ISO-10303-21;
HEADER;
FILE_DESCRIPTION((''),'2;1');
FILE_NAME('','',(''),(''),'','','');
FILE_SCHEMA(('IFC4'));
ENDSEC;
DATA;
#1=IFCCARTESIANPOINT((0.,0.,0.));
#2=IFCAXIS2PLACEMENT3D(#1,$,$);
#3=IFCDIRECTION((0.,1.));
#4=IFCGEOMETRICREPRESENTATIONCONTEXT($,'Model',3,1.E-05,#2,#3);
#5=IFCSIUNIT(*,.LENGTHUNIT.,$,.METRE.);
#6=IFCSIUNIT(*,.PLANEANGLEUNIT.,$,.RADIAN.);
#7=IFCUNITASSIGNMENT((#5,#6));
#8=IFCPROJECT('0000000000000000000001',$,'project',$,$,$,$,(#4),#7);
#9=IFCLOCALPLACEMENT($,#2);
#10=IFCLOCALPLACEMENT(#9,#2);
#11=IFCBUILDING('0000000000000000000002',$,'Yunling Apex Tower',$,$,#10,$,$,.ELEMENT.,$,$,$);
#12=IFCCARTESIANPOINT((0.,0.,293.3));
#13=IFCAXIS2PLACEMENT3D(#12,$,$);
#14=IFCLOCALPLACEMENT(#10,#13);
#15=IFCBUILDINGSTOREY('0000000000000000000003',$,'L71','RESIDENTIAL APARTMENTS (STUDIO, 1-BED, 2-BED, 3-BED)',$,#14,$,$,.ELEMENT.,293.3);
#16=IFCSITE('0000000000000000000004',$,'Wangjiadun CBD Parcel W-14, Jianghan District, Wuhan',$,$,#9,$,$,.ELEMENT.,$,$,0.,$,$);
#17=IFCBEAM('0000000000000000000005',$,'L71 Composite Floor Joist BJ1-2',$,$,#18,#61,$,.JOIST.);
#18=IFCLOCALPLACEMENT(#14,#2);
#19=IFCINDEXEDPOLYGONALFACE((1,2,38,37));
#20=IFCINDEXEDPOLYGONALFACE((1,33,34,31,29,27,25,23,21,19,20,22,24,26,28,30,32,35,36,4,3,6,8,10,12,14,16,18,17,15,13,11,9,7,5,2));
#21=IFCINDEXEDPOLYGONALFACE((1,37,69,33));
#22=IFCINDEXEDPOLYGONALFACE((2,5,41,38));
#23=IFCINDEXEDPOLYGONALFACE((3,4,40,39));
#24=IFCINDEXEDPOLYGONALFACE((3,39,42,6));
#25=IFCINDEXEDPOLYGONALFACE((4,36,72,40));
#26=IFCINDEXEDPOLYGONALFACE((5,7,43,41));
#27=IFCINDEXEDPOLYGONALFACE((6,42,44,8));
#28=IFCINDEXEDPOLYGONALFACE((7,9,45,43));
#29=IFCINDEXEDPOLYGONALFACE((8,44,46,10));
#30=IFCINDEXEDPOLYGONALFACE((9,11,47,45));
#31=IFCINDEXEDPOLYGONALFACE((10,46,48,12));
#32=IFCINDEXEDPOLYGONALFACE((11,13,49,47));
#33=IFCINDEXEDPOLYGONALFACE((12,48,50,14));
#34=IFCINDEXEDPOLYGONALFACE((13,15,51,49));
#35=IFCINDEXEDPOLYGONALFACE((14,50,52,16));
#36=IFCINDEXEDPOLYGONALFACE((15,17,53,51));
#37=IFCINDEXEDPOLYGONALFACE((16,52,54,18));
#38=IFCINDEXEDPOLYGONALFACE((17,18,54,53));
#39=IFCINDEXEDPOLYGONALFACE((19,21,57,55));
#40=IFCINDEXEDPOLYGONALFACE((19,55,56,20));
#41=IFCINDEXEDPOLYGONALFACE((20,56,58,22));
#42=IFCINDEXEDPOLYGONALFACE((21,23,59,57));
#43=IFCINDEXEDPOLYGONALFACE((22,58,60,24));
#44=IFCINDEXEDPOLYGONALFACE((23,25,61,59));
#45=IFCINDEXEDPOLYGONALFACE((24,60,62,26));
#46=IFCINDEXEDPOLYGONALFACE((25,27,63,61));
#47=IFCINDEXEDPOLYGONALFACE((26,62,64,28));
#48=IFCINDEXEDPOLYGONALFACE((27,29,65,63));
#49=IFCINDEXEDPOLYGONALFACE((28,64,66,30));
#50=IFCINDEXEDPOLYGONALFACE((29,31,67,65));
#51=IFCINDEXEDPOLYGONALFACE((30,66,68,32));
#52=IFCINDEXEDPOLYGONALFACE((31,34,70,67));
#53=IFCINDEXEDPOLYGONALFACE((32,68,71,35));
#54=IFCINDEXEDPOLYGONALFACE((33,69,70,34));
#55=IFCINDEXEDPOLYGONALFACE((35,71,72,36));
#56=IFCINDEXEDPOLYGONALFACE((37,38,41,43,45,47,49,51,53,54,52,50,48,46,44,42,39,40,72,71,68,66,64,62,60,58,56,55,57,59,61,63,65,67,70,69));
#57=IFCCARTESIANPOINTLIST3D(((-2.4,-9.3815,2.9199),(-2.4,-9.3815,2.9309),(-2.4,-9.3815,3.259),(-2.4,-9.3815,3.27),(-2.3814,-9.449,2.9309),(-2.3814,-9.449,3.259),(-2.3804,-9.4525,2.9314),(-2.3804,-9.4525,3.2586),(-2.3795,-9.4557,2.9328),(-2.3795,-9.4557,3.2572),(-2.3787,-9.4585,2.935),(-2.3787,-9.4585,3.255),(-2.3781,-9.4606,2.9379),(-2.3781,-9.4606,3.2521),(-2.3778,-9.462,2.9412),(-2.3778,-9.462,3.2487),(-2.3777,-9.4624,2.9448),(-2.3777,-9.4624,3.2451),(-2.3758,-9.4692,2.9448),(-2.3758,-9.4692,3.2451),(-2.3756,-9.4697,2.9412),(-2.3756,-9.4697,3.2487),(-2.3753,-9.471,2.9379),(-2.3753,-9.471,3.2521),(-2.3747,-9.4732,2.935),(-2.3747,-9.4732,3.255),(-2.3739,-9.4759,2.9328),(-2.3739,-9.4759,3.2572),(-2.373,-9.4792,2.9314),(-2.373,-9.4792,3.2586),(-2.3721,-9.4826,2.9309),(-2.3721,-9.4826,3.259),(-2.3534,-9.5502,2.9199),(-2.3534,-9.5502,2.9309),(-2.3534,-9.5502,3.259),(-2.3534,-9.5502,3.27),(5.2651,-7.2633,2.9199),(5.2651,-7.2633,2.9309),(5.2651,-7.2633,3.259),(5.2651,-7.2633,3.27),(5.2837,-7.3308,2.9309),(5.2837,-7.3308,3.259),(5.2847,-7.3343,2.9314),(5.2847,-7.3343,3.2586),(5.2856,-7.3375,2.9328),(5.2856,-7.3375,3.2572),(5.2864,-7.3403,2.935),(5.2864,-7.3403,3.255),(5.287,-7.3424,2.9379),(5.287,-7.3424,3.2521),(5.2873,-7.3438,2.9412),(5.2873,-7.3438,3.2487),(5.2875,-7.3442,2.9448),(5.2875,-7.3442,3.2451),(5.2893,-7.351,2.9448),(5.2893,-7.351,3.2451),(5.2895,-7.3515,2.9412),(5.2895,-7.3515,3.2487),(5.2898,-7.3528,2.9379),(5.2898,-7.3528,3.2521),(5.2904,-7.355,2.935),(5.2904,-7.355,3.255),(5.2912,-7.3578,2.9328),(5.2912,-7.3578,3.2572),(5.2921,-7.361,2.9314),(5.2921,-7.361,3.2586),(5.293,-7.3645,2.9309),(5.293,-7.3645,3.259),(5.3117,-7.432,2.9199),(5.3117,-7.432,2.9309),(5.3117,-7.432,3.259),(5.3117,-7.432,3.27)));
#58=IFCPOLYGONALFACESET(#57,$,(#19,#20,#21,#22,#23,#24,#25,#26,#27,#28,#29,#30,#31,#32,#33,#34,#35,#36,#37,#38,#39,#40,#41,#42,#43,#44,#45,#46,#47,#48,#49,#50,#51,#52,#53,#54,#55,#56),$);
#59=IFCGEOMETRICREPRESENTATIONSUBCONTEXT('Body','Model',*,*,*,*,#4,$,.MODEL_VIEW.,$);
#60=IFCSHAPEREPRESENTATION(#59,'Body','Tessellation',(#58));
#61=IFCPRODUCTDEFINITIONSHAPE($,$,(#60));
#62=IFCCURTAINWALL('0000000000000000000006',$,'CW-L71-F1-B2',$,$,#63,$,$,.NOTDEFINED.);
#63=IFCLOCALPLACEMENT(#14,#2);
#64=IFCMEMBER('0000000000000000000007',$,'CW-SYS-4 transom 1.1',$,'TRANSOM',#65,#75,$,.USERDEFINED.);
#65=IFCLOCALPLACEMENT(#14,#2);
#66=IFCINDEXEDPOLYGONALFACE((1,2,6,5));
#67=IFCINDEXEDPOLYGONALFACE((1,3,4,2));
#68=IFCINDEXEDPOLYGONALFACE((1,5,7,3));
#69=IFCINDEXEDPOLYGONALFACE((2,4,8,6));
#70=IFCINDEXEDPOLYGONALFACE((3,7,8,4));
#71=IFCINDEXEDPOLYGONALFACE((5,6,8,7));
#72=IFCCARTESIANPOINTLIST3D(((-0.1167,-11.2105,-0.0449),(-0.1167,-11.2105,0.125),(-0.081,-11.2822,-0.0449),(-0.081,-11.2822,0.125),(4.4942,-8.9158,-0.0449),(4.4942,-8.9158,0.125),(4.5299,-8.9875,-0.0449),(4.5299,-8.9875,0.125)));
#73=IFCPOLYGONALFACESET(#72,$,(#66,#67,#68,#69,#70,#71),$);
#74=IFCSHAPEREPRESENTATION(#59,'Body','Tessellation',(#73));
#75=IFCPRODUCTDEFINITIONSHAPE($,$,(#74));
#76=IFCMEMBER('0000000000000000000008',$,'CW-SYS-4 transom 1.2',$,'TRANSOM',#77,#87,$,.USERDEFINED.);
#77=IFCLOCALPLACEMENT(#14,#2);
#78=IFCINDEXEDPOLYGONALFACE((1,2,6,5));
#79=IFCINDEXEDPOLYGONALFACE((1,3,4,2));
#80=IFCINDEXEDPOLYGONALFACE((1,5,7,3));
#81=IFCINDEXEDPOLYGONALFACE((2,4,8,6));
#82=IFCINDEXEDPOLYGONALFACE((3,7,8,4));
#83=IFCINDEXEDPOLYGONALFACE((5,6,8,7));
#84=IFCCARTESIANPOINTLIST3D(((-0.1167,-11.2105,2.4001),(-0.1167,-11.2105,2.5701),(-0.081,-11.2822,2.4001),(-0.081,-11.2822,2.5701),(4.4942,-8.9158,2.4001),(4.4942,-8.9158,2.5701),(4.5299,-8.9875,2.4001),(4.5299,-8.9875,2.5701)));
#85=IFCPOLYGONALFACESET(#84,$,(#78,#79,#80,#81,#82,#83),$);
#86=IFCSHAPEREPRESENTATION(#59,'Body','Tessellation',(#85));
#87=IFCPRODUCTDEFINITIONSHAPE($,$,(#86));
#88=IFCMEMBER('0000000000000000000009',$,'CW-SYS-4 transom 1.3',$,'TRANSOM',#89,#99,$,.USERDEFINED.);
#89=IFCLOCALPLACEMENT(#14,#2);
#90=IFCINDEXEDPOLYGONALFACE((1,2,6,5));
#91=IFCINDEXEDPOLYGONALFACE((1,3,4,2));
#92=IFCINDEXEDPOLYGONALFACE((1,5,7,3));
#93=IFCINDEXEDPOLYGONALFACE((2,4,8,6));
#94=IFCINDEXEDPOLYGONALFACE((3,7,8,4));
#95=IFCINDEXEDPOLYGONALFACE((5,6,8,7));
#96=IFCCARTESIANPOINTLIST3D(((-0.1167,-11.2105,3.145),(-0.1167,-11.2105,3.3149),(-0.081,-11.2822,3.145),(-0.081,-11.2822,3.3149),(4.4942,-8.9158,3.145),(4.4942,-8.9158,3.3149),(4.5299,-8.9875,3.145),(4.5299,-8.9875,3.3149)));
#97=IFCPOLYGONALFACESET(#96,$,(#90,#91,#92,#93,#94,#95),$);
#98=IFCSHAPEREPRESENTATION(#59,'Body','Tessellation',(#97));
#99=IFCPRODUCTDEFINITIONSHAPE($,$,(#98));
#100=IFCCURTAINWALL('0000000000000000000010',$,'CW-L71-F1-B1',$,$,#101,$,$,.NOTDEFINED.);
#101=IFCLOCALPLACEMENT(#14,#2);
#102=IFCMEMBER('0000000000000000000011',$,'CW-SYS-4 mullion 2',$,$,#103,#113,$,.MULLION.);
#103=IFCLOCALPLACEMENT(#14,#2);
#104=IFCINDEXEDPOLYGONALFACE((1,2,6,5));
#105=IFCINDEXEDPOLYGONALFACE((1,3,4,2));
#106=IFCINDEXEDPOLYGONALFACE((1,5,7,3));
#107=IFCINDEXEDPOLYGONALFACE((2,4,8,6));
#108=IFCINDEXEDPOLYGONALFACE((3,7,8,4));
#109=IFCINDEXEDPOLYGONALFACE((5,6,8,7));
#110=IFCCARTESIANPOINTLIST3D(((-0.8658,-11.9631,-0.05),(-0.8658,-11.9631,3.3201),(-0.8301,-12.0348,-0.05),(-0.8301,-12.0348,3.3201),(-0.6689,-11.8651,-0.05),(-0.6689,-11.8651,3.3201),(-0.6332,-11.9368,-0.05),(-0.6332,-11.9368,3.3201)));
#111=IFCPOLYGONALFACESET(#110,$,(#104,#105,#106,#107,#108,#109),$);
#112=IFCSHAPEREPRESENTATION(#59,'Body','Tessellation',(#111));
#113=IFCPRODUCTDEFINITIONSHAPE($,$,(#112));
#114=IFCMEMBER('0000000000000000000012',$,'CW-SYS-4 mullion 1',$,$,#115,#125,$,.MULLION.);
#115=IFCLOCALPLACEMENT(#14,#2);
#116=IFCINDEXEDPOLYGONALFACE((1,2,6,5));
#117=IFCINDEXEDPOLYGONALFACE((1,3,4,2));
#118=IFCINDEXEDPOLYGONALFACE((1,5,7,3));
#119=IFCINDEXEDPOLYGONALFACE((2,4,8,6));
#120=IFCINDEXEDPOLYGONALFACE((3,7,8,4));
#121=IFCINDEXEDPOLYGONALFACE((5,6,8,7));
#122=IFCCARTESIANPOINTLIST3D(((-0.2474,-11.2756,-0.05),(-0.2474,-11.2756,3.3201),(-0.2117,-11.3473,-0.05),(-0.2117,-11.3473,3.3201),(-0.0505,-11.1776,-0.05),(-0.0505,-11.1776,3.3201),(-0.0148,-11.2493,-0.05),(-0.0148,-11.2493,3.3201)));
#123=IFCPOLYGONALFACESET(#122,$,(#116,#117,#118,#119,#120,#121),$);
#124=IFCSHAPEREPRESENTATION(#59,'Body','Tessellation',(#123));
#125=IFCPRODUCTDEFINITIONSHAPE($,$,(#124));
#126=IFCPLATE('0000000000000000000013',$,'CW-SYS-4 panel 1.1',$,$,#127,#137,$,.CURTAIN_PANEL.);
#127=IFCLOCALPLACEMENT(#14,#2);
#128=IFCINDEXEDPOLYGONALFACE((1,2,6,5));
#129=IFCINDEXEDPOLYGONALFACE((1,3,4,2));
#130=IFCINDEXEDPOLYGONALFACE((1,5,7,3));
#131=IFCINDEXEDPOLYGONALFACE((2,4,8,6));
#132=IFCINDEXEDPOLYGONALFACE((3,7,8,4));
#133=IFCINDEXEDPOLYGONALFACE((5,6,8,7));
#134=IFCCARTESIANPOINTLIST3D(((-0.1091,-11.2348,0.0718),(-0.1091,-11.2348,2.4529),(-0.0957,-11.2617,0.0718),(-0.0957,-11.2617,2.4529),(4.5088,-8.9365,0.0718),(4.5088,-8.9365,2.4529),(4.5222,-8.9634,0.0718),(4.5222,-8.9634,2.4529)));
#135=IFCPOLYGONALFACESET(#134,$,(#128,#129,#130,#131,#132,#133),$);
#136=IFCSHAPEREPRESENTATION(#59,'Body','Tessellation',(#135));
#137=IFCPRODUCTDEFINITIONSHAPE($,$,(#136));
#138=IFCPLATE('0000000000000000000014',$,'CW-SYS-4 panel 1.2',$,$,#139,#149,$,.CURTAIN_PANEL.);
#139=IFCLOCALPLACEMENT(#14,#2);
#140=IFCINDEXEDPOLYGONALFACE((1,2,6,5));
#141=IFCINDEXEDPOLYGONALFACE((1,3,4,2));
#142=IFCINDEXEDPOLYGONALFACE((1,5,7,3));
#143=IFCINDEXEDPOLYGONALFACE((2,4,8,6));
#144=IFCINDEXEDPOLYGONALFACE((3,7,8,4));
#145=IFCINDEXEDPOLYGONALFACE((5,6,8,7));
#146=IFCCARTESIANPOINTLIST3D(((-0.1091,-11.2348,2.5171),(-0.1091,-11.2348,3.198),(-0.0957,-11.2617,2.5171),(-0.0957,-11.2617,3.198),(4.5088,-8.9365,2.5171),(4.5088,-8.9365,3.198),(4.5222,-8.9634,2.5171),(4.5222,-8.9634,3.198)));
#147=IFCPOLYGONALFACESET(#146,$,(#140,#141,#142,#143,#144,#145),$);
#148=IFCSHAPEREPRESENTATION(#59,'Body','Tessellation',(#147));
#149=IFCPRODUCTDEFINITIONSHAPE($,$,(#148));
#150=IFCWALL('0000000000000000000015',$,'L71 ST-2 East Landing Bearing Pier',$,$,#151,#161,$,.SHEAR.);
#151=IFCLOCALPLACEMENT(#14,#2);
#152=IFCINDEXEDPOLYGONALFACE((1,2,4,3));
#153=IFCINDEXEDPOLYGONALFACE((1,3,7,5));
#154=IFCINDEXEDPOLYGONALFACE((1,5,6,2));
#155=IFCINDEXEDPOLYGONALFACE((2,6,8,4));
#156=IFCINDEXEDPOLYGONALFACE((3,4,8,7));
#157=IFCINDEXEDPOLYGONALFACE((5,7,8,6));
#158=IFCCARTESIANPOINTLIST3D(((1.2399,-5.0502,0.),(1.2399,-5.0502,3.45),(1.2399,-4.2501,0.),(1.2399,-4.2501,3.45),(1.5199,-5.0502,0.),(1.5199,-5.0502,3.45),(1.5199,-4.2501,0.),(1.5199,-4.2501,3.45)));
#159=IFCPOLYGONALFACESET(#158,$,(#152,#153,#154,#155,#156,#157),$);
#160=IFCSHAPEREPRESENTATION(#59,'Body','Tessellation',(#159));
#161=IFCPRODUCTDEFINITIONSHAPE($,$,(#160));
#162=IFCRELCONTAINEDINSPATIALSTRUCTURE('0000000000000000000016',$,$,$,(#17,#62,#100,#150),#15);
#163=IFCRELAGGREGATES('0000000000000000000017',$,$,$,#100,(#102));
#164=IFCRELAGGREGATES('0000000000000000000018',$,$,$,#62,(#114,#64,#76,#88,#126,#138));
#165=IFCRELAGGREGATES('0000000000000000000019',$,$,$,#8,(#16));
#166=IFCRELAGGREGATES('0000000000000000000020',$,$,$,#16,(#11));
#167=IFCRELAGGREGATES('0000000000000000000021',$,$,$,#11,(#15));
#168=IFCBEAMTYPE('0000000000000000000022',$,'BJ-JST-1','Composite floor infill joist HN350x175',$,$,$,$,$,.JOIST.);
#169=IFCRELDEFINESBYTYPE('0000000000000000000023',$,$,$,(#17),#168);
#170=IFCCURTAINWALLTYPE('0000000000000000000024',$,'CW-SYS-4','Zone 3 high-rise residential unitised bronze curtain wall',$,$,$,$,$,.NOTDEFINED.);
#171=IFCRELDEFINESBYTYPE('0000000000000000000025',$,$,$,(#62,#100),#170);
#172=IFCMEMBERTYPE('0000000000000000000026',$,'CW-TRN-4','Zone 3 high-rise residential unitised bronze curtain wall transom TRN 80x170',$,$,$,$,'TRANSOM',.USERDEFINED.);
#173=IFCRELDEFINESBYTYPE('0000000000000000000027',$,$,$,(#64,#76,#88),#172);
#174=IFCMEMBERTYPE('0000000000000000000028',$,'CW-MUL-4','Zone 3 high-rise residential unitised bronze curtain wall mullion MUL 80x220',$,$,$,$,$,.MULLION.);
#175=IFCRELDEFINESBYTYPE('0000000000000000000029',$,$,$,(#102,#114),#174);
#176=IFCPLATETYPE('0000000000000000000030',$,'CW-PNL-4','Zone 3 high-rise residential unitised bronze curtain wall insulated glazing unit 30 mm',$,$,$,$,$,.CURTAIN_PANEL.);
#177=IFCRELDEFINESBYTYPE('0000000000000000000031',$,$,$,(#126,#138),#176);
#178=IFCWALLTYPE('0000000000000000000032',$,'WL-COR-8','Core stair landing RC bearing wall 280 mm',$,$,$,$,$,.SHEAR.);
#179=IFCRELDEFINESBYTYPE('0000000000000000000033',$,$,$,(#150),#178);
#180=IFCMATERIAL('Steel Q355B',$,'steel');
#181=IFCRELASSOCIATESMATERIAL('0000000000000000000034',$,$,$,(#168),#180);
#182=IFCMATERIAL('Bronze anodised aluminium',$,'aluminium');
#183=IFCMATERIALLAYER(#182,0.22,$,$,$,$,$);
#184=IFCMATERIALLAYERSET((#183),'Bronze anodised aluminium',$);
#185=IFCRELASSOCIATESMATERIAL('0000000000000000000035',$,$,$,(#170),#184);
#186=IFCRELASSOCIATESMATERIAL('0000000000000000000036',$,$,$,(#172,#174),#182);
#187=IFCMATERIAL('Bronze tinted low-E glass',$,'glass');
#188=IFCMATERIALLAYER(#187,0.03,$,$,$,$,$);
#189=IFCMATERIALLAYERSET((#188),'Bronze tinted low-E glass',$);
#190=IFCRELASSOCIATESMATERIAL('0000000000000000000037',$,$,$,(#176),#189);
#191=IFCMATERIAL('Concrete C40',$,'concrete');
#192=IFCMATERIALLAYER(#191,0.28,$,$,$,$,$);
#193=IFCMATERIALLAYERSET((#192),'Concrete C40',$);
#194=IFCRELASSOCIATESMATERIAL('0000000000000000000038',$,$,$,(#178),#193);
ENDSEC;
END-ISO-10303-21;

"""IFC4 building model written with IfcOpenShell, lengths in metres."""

from ifc_helpers import new_model, si_unit, direction, frame, frame_2d, origin, origin_2d, place, context, subcontext, project, spatial, rectangle, i_section, extrude, source, transform, mapped, material, layer, layer_set, material_profile, profile_set, type_object, element, aggregate, save


model = new_model("IFC4")

# Units and contexts
model_context = context("Model", 3, precision=1e-05, world=origin(), true_north=direction((0.0, 1.0)))
body_context = subcontext(model_context, "Body", "Model", "MODEL_VIEW")
ifc_project = project(units=[si_unit("LENGTHUNIT", "METRE"), si_unit("PLANEANGLEUNIT", "RADIAN")], contexts=[model_context])

# Site, building, storey
site_placement = place(None, origin())
site = spatial("IfcSite", under=ifc_project, at=site_placement, Name="Wangjiadun CBD Parcel W-14, Jianghan District, Wuhan", CompositionType="ELEMENT", RefElevation=0.0)
building_placement = place(site_placement, origin())
building = spatial("IfcBuilding", under=site, at=building_placement, Name="Yunling Apex Tower", CompositionType="ELEMENT")
storey_placement = place(building_placement, frame((0.0, 0.0, 293.3)))
storey = spatial("IfcBuildingStorey", under=building, at=storey_placement, Name="L71", Description="RESIDENTIAL APARTMENTS (STUDIO, 1-BED, 2-BED, 3-BED)", CompositionType="ELEMENT", Elevation=293.3)

# Shared definitions
ifc_material_1 = material(Name="Steel Q355B", Category="steel")

# Beam
ifc_material_profile_1 = material_profile(ifc_material_1, i_section(OverallWidth=0.175, OverallDepth=0.3501, WebThickness=0.0071, FlangeThickness=0.011, FilletRadius=0.0139, at=origin_2d()))
ifc_profile_set_1 = profile_set([ifc_material_profile_1], Name="Steel Q355B")
beam_type_1 = type_object("IfcBeamType", Name="BJ-JST-1", Description="Composite floor infill joist HN350x175", PredefinedType="JOIST", material=ifc_profile_set_1)
shared_shape_1 = source(origin(), body_context, "Body", "SweptSolid", [
    extrude(i_section(OverallWidth=0.175, OverallDepth=0.3501, WebThickness=0.0071, FlangeThickness=0.011, FilletRadius=0.0139, at=origin_2d()), origin(), (0.0, 0.0, 1.0), 7.9524),
])
beam_1_placement = place(storey_placement, frame((-2.3767, -9.4658, 3.095), z_axis=(0.963874, 0.266358, 0.0), x_axis=(-0.266358, 0.963874, 0.0)))
element("IfcBeam", 1, at=beam_1_placement, inside=storey, type_object=beam_type_1, Name="L71 Composite Floor Joist BJ1-2", PredefinedType="JOIST", context=body_context, shape_type="MappedRepresentation", body=[
    mapped(shared_shape_1, transform((0.0, 0.0, 0.0), scale=1.0)),
])

# Curtain wall, members
ifc_material_2 = material(Name="Bronze anodised aluminium", Category="aluminium")
ifc_layer_1 = layer(ifc_material_2, 0.22)
ifc_layer_set_1 = layer_set([ifc_layer_1], Name="Bronze anodised aluminium")
curtain_wall_type = type_object("IfcCurtainWallType", Name="CW-SYS-4", Description="Zone 3 high-rise residential unitised bronze curtain wall", PredefinedType="NOTDEFINED", material=ifc_layer_set_1)
curtain_wall_1_placement = place(storey_placement, origin())
curtain_wall_1 = element("IfcCurtainWall", 2, at=curtain_wall_1_placement, inside=storey, type_object=curtain_wall_type, Name="CW-L71-F1-B2", PredefinedType="NOTDEFINED")
ifc_material_profile_2 = material_profile(ifc_material_2, rectangle(XDim=0.0801, YDim=0.1699, at=origin_2d()))
ifc_profile_set_2 = profile_set([ifc_material_profile_2], Name="Bronze anodised aluminium")
member_type_1 = type_object("IfcMemberType", Name="CW-TRN-4", Description="Zone 3 high-rise residential unitised bronze curtain wall transom TRN 80x170", ElementType="TRANSOM", PredefinedType="USERDEFINED", material=ifc_profile_set_2)
shared_shape_2 = source(origin(), body_context, "Body", "SweptSolid", [
    extrude(rectangle(XDim=0.0801, YDim=0.1699, at=origin_2d()), origin(), (0.0, 0.0, 1.0), 5.1504),
])
member_1_placement = place(storey_placement, frame((-0.0989, -11.2463, 0.04), z_axis=(0.89526, 0.445544, 0.0), x_axis=(-0.445544, 0.89526, 0.0)))
member_1 = element("IfcMember", 3, at=member_1_placement, type_object=member_type_1, Name="CW-SYS-4 transom 1.1", ObjectType="TRANSOM", PredefinedType="USERDEFINED", context=body_context, shape_type="MappedRepresentation", body=[
    mapped(shared_shape_2, transform((0.0, 0.0, 0.0), scale=1.0)),
])
member_2_placement = place(storey_placement, frame((-0.0989, -11.2463, 2.4851), z_axis=(0.89526, 0.445544, 0.0), x_axis=(-0.445544, 0.89526, 0.0)))
member_2 = element("IfcMember", 4, at=member_2_placement, type_object=member_type_1, Name="CW-SYS-4 transom 1.2", ObjectType="TRANSOM", PredefinedType="USERDEFINED", context=body_context, shape_type="MappedRepresentation", body=[
    mapped(shared_shape_2, transform((0.0, 0.0, 0.0), scale=1.0)),
])
member_3_placement = place(storey_placement, frame((-0.0989, -11.2463, 3.23), z_axis=(0.89526, 0.445544, 0.0), x_axis=(-0.445544, 0.89526, 0.0)))
member_3 = element("IfcMember", 5, at=member_3_placement, type_object=member_type_1, Name="CW-SYS-4 transom 1.3", ObjectType="TRANSOM", PredefinedType="USERDEFINED", context=body_context, shape_type="MappedRepresentation", body=[
    mapped(shared_shape_2, transform((0.0, 0.0, 0.0), scale=1.0)),
])

# Curtain wall, member
curtain_wall_2_placement = place(storey_placement, origin())
curtain_wall_2 = element("IfcCurtainWall", 6, at=curtain_wall_2_placement, inside=storey, type_object=curtain_wall_type, Name="CW-L71-F1-B1", PredefinedType="NOTDEFINED")
ifc_material_profile_3 = material_profile(ifc_material_2, rectangle(XDim=0.0801, YDim=0.22, at=origin_2d()))
ifc_profile_set_3 = profile_set([ifc_material_profile_3], Name="Bronze anodised aluminium")
member_type_2 = type_object("IfcMemberType", Name="CW-MUL-4", Description="Zone 3 high-rise residential unitised bronze curtain wall mullion MUL 80x220", PredefinedType="MULLION", material=ifc_profile_set_3)
shared_shape_3 = source(origin(), body_context, "Body", "SweptSolid", [
    extrude(rectangle(XDim=0.0801, YDim=0.22, at=origin_2d()), origin(), (0.0, 0.0, 1.0), 3.3701),
])
member_4_placement = place(storey_placement, frame((-0.7495, -11.95, -0.05), z_axis=(0.0, 0.0, 1.0), x_axis=(-0.445568, 0.895248, 0.0)))
member_4 = element("IfcMember", 7, at=member_4_placement, type_object=member_type_2, Name="CW-SYS-4 mullion 2", PredefinedType="MULLION", context=body_context, shape_type="MappedRepresentation", body=[
    mapped(shared_shape_3, transform((0.0, 0.0, 0.0), scale=1.0)),
])
aggregate(curtain_wall_2, [member_4])

# Member
member_5_placement = place(storey_placement, frame((-0.1311, -11.2625, -0.05), z_axis=(0.0, 0.0, 1.0), x_axis=(-0.445561, 0.895252, 0.0)))
member_5 = element("IfcMember", 8, at=member_5_placement, type_object=member_type_2, Name="CW-SYS-4 mullion 1", PredefinedType="MULLION", context=body_context, shape_type="MappedRepresentation", body=[
    mapped(shared_shape_3, transform((0.0, 0.0, 0.0), scale=1.0)),
])

# Plates
ifc_material_3 = material(Name="Bronze tinted low-E glass", Category="glass")
ifc_layer_2 = layer(ifc_material_3, 0.03)
ifc_layer_set_2 = layer_set([ifc_layer_2], Name="Bronze tinted low-E glass")
plate_type = type_object("IfcPlateType", Name="CW-PNL-4", Description="Zone 3 high-rise residential unitised bronze curtain wall insulated glazing unit 30 mm", PredefinedType="CURTAIN_PANEL", material=ifc_layer_set_2)
shared_shape_4 = source(origin(), body_context, "Body", "SweptSolid", [
    extrude(rectangle(XDim=5.1582, YDim=0.03, at=origin_2d()), origin(), (0.0, 0.0, 1.0), 2.3811),
])
plate_1_placement = place(storey_placement, frame((2.2065, -10.0991, 0.0718), z_axis=(0.0, 0.0, 1.0), x_axis=(0.895252, 0.445561, 0.0)))
plate_1 = element("IfcPlate", 9, at=plate_1_placement, type_object=plate_type, Name="CW-SYS-4 panel 1.1", PredefinedType="CURTAIN_PANEL", context=body_context, shape_type="MappedRepresentation", body=[
    mapped(shared_shape_4, transform((0.0, 0.0, 0.0), scale=1.0)),
])
shared_shape_5 = source(origin(), body_context, "Body", "SweptSolid", [
    extrude(rectangle(XDim=5.1582, YDim=0.03, at=origin_2d()), origin(), (0.0, 0.0, 1.0), 0.6809),
])
plate_2_placement = place(storey_placement, frame((2.2065, -10.0991, 2.5171), z_axis=(0.0, 0.0, 1.0), x_axis=(0.895252, 0.445561, 0.0)))
plate_2 = element("IfcPlate", 10, at=plate_2_placement, type_object=plate_type, Name="CW-SYS-4 panel 1.2", PredefinedType="CURTAIN_PANEL", context=body_context, shape_type="MappedRepresentation", body=[
    mapped(shared_shape_5, transform((0.0, 0.0, 0.0), scale=1.0)),
])
aggregate(curtain_wall_1, [member_5, member_1, member_2, member_3, plate_1, plate_2])

# Wall
ifc_material_4 = material(Name="Concrete C40", Category="concrete")
ifc_layer_3 = layer(ifc_material_4, 0.28)
ifc_layer_set_3 = layer_set([ifc_layer_3], Name="Concrete C40")
wall_type_1 = type_object("IfcWallType", Name="WL-COR-8", Description="Core stair landing RC bearing wall 280 mm", PredefinedType="SHEAR", material=ifc_layer_set_3)
wall_1_placement = place(storey_placement, frame((1.3799, -5.05, 0.0), z_axis=(0.0, 0.0, 1.0), x_axis=(0.0, 1.0, 0.0)))
element("IfcWall", 11, at=wall_1_placement, inside=storey, type_object=wall_type_1, Name="L71 ST-2 East Landing Bearing Pier", PredefinedType="SHEAR", context=body_context, shape_type="SweptSolid", body=[
    extrude(rectangle(XDim=0.8, YDim=0.28, at=frame_2d((0.3999, 0.0))), origin(), (0.0, 0.0, 1.0), 3.45),
])

save(model, "model.ifc")
